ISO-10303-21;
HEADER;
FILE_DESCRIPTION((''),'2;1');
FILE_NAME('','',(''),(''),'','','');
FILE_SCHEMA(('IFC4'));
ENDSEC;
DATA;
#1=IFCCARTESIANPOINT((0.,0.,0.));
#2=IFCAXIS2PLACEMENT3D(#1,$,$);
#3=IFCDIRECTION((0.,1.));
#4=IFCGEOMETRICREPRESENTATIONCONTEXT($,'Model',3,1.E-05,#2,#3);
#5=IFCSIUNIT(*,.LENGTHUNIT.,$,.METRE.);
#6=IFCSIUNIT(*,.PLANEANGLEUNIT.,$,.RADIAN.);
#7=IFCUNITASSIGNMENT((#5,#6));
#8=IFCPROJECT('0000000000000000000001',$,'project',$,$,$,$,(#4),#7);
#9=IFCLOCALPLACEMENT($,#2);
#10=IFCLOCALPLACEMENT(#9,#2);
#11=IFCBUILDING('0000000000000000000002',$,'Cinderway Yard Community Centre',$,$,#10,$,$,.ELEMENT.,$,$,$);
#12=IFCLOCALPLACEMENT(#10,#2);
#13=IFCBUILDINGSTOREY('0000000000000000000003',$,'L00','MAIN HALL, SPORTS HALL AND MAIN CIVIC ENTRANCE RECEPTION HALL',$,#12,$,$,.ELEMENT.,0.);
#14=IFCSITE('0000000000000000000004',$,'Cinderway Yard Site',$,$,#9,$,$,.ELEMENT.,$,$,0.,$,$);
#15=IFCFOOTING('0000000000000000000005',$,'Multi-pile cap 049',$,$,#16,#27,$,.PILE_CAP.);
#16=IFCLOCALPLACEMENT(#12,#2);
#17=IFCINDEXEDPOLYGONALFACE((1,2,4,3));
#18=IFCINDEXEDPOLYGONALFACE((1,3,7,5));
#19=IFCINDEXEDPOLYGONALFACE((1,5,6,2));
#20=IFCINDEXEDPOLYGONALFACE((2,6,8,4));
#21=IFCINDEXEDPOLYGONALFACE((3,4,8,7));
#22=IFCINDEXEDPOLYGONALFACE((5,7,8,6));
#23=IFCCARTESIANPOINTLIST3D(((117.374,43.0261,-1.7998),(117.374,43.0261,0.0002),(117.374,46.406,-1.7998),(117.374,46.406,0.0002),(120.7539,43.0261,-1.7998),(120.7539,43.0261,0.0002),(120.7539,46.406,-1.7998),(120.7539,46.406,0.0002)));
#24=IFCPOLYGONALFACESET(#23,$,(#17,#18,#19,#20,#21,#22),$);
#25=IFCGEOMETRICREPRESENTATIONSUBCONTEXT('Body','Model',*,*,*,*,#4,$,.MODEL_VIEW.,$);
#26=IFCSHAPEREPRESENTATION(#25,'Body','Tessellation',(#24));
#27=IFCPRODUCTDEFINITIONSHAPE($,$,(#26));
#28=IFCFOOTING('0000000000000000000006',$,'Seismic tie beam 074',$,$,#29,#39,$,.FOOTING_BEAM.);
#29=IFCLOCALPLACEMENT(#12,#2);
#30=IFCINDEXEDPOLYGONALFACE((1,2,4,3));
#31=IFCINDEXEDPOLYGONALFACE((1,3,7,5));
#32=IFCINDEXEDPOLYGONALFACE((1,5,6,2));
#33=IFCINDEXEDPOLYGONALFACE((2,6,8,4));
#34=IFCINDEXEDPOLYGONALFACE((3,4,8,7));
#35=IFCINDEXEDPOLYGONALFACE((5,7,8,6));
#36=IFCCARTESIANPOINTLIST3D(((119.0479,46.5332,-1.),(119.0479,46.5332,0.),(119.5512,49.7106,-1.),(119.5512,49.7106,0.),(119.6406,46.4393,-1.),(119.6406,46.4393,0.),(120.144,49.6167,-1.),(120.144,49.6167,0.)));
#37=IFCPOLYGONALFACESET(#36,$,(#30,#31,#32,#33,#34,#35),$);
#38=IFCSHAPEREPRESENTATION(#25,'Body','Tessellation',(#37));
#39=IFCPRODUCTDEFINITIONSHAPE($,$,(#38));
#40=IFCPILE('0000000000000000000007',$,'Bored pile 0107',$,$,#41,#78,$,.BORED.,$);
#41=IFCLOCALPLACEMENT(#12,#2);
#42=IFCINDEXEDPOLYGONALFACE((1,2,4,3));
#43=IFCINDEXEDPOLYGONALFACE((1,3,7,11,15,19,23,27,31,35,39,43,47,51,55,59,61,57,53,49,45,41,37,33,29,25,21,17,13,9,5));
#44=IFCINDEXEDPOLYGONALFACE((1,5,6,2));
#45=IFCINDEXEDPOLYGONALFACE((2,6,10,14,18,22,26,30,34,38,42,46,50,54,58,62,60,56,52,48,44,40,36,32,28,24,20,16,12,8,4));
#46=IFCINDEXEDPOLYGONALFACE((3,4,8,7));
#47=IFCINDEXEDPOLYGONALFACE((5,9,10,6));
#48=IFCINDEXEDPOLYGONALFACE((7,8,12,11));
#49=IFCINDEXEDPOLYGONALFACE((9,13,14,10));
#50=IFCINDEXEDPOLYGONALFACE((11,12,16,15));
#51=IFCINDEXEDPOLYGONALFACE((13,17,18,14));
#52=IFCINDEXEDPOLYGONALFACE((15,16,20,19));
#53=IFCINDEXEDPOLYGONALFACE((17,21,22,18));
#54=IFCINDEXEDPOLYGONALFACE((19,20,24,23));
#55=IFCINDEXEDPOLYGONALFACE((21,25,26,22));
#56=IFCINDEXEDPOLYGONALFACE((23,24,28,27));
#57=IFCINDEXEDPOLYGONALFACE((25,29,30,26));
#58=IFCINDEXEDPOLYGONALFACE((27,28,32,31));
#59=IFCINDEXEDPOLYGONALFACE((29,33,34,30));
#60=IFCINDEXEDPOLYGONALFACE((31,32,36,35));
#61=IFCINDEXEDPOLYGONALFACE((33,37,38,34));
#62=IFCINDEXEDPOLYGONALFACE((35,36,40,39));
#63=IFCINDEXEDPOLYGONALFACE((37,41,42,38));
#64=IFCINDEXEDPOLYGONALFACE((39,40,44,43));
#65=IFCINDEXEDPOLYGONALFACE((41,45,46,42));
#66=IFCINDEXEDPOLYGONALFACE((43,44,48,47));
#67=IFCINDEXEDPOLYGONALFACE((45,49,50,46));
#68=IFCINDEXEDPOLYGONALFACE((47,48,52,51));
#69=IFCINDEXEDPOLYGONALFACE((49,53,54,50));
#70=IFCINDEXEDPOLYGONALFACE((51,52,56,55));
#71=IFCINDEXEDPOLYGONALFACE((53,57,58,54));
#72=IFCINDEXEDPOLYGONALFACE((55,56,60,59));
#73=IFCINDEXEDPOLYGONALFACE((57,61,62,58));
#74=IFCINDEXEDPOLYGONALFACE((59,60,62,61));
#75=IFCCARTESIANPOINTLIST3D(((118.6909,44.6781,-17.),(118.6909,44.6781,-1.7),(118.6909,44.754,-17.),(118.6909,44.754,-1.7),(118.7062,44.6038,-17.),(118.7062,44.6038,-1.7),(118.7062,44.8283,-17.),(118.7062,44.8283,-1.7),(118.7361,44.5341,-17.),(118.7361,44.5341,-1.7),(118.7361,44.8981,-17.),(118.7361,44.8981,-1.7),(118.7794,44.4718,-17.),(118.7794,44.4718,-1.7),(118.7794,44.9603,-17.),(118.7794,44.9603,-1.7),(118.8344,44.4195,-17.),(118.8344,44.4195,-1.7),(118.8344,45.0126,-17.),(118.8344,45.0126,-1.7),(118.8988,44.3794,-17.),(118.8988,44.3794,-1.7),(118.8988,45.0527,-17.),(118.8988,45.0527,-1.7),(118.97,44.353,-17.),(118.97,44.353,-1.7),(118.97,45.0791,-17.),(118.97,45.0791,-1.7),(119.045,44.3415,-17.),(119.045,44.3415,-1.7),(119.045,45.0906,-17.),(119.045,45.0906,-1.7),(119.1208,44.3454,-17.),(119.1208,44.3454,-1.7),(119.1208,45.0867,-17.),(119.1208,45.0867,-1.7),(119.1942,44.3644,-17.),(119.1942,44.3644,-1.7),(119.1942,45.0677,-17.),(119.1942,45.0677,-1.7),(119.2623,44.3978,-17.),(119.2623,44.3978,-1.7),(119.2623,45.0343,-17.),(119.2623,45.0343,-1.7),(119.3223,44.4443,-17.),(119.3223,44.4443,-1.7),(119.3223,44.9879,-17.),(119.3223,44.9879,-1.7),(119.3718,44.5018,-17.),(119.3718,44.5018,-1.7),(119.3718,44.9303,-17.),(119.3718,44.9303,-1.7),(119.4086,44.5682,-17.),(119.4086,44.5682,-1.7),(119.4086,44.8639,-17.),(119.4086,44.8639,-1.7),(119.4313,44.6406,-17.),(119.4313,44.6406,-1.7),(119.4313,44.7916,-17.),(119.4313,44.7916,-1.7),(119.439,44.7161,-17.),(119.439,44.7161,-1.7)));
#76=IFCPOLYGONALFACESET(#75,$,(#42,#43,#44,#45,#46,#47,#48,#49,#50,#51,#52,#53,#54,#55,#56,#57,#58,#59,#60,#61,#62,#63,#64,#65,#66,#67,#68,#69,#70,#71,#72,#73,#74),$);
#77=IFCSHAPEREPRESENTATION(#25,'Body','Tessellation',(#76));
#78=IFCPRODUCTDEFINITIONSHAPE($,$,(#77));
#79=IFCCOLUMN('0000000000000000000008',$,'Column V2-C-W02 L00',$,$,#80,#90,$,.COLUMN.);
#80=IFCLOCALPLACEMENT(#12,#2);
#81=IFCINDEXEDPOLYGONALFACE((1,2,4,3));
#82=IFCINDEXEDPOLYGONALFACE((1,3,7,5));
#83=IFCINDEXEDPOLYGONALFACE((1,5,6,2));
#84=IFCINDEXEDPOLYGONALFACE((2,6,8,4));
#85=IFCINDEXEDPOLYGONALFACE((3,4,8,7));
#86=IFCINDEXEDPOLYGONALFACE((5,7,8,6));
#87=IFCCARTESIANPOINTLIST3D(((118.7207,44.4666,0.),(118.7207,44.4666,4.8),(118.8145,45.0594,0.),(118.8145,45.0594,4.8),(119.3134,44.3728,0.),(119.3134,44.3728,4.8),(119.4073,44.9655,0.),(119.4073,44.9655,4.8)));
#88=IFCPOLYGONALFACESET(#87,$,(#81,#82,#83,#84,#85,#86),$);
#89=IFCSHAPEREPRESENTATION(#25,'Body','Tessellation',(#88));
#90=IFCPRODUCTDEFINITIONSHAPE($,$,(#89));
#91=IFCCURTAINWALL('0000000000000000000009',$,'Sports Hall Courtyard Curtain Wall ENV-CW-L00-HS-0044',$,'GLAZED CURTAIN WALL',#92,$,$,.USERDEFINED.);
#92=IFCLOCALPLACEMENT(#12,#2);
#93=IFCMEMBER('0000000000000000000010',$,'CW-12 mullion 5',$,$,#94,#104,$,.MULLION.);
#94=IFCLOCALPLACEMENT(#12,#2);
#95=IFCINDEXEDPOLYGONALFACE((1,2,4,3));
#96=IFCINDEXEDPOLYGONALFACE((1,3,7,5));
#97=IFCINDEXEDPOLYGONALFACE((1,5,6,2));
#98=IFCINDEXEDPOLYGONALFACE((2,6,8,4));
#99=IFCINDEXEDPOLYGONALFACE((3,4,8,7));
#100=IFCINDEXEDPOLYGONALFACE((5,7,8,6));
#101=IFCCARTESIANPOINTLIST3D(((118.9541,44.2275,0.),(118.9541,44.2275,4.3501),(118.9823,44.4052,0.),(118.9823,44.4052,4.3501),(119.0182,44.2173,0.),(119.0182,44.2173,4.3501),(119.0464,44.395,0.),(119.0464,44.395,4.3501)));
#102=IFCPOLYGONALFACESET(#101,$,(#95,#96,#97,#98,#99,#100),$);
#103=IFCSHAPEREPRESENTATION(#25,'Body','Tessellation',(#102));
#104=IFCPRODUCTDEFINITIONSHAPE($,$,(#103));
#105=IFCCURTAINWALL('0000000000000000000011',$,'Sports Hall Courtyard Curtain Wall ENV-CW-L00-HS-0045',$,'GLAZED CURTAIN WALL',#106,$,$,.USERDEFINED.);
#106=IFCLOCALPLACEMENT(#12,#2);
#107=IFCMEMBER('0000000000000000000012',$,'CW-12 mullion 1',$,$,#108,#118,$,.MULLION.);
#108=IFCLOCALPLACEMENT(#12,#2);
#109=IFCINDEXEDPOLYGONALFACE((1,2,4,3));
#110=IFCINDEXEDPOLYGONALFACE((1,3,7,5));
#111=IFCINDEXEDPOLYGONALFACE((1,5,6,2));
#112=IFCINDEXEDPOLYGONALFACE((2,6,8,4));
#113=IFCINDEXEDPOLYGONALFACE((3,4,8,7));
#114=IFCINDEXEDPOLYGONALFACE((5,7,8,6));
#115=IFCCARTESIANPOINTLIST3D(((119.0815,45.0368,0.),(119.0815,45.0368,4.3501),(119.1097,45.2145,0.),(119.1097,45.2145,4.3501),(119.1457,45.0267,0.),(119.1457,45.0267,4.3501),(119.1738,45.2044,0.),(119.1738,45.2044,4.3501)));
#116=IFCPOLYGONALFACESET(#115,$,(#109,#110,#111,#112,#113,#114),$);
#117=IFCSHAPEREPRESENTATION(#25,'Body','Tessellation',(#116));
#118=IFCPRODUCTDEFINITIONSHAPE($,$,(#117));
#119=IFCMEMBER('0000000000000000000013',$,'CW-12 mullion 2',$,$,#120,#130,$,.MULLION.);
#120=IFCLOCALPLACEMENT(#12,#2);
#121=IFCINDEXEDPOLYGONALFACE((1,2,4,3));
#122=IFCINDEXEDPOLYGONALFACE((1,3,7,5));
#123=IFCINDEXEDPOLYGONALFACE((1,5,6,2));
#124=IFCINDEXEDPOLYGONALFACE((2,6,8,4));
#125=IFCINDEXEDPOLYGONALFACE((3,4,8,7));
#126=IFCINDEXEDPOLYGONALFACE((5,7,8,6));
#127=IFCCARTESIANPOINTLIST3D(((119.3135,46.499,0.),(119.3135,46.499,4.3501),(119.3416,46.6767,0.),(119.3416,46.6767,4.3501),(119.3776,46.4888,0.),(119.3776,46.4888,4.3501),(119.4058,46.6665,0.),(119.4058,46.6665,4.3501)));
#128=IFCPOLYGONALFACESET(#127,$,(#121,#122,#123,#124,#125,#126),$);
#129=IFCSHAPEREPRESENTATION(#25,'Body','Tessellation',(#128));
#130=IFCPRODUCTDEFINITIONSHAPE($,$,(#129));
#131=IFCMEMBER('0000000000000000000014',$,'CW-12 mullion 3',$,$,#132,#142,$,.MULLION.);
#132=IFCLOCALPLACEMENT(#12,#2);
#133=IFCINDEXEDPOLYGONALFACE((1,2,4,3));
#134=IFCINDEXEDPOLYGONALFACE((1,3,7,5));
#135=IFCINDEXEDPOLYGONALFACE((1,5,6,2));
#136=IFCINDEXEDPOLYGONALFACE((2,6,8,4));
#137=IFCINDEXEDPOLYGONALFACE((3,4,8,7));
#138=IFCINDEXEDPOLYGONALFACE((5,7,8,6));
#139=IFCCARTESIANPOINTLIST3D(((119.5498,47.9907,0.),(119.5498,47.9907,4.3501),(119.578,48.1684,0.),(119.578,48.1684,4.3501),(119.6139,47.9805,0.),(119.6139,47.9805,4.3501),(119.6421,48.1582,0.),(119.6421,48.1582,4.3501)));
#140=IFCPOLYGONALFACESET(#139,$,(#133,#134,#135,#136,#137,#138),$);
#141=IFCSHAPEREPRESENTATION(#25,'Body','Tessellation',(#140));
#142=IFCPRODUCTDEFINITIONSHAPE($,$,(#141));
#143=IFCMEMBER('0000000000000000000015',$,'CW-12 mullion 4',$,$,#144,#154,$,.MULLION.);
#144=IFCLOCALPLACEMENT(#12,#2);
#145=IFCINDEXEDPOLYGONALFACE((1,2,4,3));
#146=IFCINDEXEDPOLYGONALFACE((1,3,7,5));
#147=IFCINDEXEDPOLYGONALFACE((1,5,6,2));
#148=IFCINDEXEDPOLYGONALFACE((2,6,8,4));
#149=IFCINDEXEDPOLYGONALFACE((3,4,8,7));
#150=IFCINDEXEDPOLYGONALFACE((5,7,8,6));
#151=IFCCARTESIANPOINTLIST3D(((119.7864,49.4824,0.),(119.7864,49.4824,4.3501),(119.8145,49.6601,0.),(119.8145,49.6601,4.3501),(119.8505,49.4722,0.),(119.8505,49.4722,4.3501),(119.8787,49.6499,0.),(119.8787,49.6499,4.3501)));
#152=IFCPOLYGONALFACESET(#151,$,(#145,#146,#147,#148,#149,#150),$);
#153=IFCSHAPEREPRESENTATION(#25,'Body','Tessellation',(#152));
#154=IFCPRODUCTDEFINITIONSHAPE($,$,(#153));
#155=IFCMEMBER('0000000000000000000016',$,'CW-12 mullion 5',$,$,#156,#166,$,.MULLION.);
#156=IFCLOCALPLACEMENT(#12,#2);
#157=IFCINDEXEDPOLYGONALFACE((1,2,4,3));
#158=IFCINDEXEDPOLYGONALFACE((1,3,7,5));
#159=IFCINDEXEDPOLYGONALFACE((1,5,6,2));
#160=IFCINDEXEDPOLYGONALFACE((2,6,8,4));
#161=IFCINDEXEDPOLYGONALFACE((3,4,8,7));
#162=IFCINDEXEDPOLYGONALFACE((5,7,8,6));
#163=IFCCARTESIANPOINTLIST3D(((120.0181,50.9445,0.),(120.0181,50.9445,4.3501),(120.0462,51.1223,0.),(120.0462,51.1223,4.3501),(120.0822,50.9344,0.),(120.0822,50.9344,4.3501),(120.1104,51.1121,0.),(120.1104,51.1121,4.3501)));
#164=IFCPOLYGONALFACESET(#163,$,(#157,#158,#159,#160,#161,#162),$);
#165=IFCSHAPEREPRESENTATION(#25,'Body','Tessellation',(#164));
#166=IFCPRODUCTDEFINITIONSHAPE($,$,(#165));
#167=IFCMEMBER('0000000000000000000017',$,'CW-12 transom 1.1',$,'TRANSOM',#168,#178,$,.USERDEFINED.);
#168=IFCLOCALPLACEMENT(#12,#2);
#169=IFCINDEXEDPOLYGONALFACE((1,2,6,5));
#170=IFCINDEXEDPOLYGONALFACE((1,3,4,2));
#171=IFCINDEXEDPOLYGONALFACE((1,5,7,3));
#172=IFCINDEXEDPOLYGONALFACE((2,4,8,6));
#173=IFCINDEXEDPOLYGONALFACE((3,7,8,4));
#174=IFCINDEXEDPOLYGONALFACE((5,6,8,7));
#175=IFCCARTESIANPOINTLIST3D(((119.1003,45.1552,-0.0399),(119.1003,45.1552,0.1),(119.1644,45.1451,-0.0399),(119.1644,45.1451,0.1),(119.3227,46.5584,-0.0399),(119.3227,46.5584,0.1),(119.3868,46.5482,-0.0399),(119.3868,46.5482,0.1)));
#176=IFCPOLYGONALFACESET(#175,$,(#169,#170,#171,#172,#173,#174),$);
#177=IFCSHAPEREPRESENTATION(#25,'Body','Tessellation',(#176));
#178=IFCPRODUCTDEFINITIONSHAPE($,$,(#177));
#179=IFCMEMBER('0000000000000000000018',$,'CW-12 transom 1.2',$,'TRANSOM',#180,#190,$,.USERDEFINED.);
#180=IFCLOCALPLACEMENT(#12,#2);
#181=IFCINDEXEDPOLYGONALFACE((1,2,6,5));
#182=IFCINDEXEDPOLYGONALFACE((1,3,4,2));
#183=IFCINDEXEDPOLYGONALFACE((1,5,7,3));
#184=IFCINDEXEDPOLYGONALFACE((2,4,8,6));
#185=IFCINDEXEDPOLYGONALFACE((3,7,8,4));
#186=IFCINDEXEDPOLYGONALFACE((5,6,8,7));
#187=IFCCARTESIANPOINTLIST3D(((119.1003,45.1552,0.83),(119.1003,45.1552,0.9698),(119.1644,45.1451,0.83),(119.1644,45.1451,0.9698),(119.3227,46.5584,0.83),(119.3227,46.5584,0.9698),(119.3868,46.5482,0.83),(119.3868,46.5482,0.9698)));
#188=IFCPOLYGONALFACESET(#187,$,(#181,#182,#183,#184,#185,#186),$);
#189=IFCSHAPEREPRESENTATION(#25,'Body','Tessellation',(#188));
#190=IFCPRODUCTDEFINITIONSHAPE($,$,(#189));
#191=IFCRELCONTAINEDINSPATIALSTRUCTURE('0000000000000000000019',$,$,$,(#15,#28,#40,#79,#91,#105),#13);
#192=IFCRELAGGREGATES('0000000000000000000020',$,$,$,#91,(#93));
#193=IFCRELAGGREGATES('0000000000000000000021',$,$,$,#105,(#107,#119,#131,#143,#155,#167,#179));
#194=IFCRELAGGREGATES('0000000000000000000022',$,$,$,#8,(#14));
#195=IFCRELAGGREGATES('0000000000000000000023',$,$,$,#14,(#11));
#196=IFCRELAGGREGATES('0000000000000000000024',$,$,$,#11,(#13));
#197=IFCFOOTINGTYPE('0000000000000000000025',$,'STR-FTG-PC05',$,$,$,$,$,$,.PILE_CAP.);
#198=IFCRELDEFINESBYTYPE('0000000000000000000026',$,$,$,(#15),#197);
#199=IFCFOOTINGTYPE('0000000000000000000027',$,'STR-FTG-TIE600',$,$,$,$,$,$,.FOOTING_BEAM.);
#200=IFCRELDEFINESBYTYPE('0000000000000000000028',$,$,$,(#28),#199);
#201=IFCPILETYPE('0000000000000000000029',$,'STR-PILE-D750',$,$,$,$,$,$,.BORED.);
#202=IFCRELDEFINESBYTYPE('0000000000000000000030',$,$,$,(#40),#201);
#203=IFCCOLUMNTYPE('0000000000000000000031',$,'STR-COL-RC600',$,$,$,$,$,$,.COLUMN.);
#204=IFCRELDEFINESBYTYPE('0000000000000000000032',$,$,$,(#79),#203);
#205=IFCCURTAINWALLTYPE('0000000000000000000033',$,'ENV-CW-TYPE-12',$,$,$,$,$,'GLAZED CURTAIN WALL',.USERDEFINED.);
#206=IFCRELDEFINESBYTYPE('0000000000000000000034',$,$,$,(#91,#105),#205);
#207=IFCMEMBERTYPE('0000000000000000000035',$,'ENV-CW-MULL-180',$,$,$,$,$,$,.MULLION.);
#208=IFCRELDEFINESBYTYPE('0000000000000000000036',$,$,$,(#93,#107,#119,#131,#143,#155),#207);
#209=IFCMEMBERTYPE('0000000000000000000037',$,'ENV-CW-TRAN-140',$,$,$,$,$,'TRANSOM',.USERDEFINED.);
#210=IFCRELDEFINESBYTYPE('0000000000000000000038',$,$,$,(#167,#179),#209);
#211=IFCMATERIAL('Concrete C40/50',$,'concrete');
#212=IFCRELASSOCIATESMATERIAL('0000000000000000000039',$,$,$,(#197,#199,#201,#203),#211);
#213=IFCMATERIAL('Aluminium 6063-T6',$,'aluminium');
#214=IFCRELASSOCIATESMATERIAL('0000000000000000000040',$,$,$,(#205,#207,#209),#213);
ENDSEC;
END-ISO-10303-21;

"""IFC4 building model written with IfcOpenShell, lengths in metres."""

from ifc_helpers import new_model, si_unit, direction, frame, origin, origin_2d, place, context, subcontext, project, spatial, rectangle, circle, extrude, material, material_profile, profile_set, type_object, element, aggregate, save


model = new_model("IFC4")

# Units and contexts
model_context = context("Model", 3, precision=1e-05, world=origin(), true_north=direction((0.0, 1.0)))
body_context = subcontext(model_context, "Body", "Model", "MODEL_VIEW")
ifc_project = project(units=[si_unit("LENGTHUNIT", "METRE"), si_unit("PLANEANGLEUNIT", "RADIAN")], contexts=[model_context])

# Site, building, storey
site_placement = place(None, origin())
site = spatial("IfcSite", under=ifc_project, at=site_placement, Name="Cinderway Yard Site", CompositionType="ELEMENT", RefElevation=0.0)
building_placement = place(site_placement, origin())
building = spatial("IfcBuilding", under=site, at=building_placement, Name="Cinderway Yard Community Centre", CompositionType="ELEMENT")
storey_placement = place(building_placement, origin())
storey = spatial("IfcBuildingStorey", under=building, at=storey_placement, Name="L00", Description="MAIN HALL, SPORTS HALL AND MAIN CIVIC ENTRANCE RECEPTION HALL", CompositionType="ELEMENT", Elevation=0.0)

# Footings
ifc_material_1 = material(Name="Concrete C40/50", Category="concrete")
footing_type_1 = type_object("IfcFootingType", Name="STR-FTG-PC05", PredefinedType="PILE_CAP", material=ifc_material_1)
footing_1_placement = place(storey_placement, frame((119.064, 44.7161, -1.7998), z_axis=(0.0, 0.0, 1.0), x_axis=(1.0, 0.0, 0.0)))
element("IfcFooting", 1, at=footing_1_placement, inside=storey, type_object=footing_type_1, Name="Multi-pile cap 049", PredefinedType="PILE_CAP", context=body_context, shape_type="SweptSolid", body=[
    extrude(rectangle(XDim=3.3799, YDim=3.3799, at=origin_2d()), origin(), (0.0, 0.0, 1.0), 1.8),
])
footing_type_2 = type_object("IfcFootingType", Name="STR-FTG-TIE600", PredefinedType="FOOTING_BEAM", material=ifc_material_1)
footing_2_placement = place(storey_placement, frame((119.5959, 48.075, -1.0), z_axis=(0.0, 0.0, 1.0), x_axis=(0.156452, 0.987686, 0.0)))
element("IfcFooting", 2, at=footing_2_placement, inside=storey, type_object=footing_type_2, Name="Seismic tie beam 074", PredefinedType="FOOTING_BEAM", context=body_context, shape_type="SweptSolid", body=[
    extrude(rectangle(XDim=3.217, YDim=0.6001, at=origin_2d()), origin(), (0.0, 0.0, 1.0), 1.0),
])

# Pile
ifc_material_profile_1 = material_profile(ifc_material_1, circle(Radius=0.375, at=origin_2d()), Name="Concrete C40/50")
ifc_profile_set_1 = profile_set([ifc_material_profile_1], Name="Concrete C40/50")
pile_type = type_object("IfcPileType", Name="STR-PILE-D750", PredefinedType="BORED", material=ifc_profile_set_1)
pile_placement = place(storey_placement, frame((119.064, 44.7161, -1.7), z_axis=(0.0, 0.0, -1.0), x_axis=(1.0, 0.0, 0.0)))
element("IfcPile", 3, at=pile_placement, inside=storey, type_object=pile_type, Name="Bored pile 0107", PredefinedType="BORED", context=body_context, shape_type="SweptSolid", body=[
    extrude(circle(Radius=0.375, at=origin_2d()), origin(), (0.0, 0.0, 1.0), 15.3),
])

# Column
ifc_material_profile_2 = material_profile(ifc_material_1, rectangle(XDim=0.6001, YDim=0.6001, at=origin_2d()), Name="Concrete C40/50")
ifc_profile_set_2 = profile_set([ifc_material_profile_2], Name="Concrete C40/50")
column_type = type_object("IfcColumnType", Name="STR-COL-RC600", PredefinedType="COLUMN", material=ifc_profile_set_2)
column_placement = place(storey_placement, frame((119.064, 44.7161, 0.0), z_axis=(0.0, 0.0, 1.0), x_axis=(0.987688, -0.156434, 0.0)))
element("IfcColumn", 4, at=column_placement, inside=storey, type_object=column_type, Name="Column V2-C-W02 L00", PredefinedType="COLUMN", context=body_context, shape_type="SweptSolid", body=[
    extrude(rectangle(XDim=0.6001, YDim=0.6001, at=origin_2d()), origin(), (0.0, 0.0, 1.0), 4.8),
])

# Curtain wall, member
ifc_material_2 = material(Name="Aluminium 6063-T6", Category="aluminium")
curtain_wall_type = type_object("IfcCurtainWallType", Name="ENV-CW-TYPE-12", ElementType="GLAZED CURTAIN WALL", PredefinedType="USERDEFINED", material=ifc_material_2)
curtain_wall_1_placement = place(storey_placement, origin())
curtain_wall_1 = element("IfcCurtainWall", 5, at=curtain_wall_1_placement, inside=storey, type_object=curtain_wall_type, Name="Sports Hall Courtyard Curtain Wall ENV-CW-L00-HS-0044", ObjectType="GLAZED CURTAIN WALL", PredefinedType="USERDEFINED")
ifc_material_profile_3 = material_profile(ifc_material_2, rectangle(XDim=0.0649, YDim=0.1799, at=origin_2d()), Name="Aluminium 6063-T6")
ifc_profile_set_3 = profile_set([ifc_material_profile_3], Name="Aluminium 6063-T6")
member_type_1 = type_object("IfcMemberType", Name="ENV-CW-MULL-180", PredefinedType="MULLION", material=ifc_profile_set_3)
member_1_placement = place(storey_placement, frame((119.0002, 44.3113, 0.0), z_axis=(0.0, 0.0, 1.0), x_axis=(-0.987661, 0.156609, 0.0)))
member_1 = element("IfcMember", 6, at=member_1_placement, type_object=member_type_1, Name="CW-12 mullion 5", PredefinedType="MULLION", context=body_context, shape_type="SweptSolid", body=[
    extrude(rectangle(XDim=0.0649, YDim=0.1799, at=origin_2d()), origin(), (0.0, 0.0, 1.0), 4.3501),
])

# Curtain wall, members
curtain_wall_2_placement = place(storey_placement, origin())
curtain_wall_2 = element("IfcCurtainWall", 7, at=curtain_wall_2_placement, inside=storey, type_object=curtain_wall_type, Name="Sports Hall Courtyard Curtain Wall ENV-CW-L00-HS-0045", ObjectType="GLAZED CURTAIN WALL", PredefinedType="USERDEFINED")
member_2_placement = place(storey_placement, frame((119.1277, 45.1206, 0.0), z_axis=(0.0, 0.0, 1.0), x_axis=(-0.987665, 0.156583, 0.0)))
member_2 = element("IfcMember", 8, at=member_2_placement, type_object=member_type_1, Name="CW-12 mullion 1", PredefinedType="MULLION", context=body_context, shape_type="SweptSolid", body=[
    extrude(rectangle(XDim=0.0649, YDim=0.1799, at=origin_2d()), origin(), (0.0, 0.0, 1.0), 4.3501),
])
member_3_placement = place(storey_placement, frame((119.3596, 46.5828, 0.0), z_axis=(0.0, 0.0, 1.0), x_axis=(-0.987665, 0.156583, 0.0)))
member_3 = element("IfcMember", 9, at=member_3_placement, type_object=member_type_1, Name="CW-12 mullion 2", PredefinedType="MULLION", context=body_context, shape_type="SweptSolid", body=[
    extrude(rectangle(XDim=0.0649, YDim=0.1799, at=origin_2d()), origin(), (0.0, 0.0, 1.0), 4.3501),
])
member_4_placement = place(storey_placement, frame((119.5959, 48.0745, 0.0), z_axis=(0.0, 0.0, 1.0), x_axis=(-0.987665, 0.156583, 0.0)))
member_4 = element("IfcMember", 10, at=member_4_placement, type_object=member_type_1, Name="CW-12 mullion 3", PredefinedType="MULLION", context=body_context, shape_type="SweptSolid", body=[
    extrude(rectangle(XDim=0.0649, YDim=0.1799, at=origin_2d()), origin(), (0.0, 0.0, 1.0), 4.3501),
])
member_5_placement = place(storey_placement, frame((119.8325, 49.5662, 0.0), z_axis=(0.0, 0.0, 1.0), x_axis=(-0.987665, 0.156583, 0.0)))
member_5 = element("IfcMember", 11, at=member_5_placement, type_object=member_type_1, Name="CW-12 mullion 4", PredefinedType="MULLION", context=body_context, shape_type="SweptSolid", body=[
    extrude(rectangle(XDim=0.0649, YDim=0.1799, at=origin_2d()), origin(), (0.0, 0.0, 1.0), 4.3501),
])
member_6_placement = place(storey_placement, frame((120.0642, 51.0283, 0.0), z_axis=(0.0, 0.0, 1.0), x_axis=(-0.987665, 0.156583, 0.0)))
member_6 = element("IfcMember", 12, at=member_6_placement, type_object=member_type_1, Name="CW-12 mullion 5", PredefinedType="MULLION", context=body_context, shape_type="SweptSolid", body=[
    extrude(rectangle(XDim=0.0649, YDim=0.1799, at=origin_2d()), origin(), (0.0, 0.0, 1.0), 4.3501),
])
ifc_material_profile_4 = material_profile(ifc_material_2, rectangle(XDim=0.0649, YDim=0.1399, at=origin_2d()), Name="Aluminium 6063-T6")
ifc_profile_set_4 = profile_set([ifc_material_profile_4], Name="Aluminium 6063-T6")
member_type_2 = type_object("IfcMemberType", Name="ENV-CW-TRAN-140", ElementType="TRANSOM", PredefinedType="USERDEFINED", material=ifc_profile_set_4)
member_7_placement = place(storey_placement, frame((119.1323, 45.1501, 0.03), z_axis=(0.156563, 0.987668, 0.0), x_axis=(-0.987668, 0.156563, 0.0)))
member_7 = element("IfcMember", 13, at=member_7_placement, type_object=member_type_2, Name="CW-12 transom 1.1", ObjectType="TRANSOM", PredefinedType="USERDEFINED", context=body_context, shape_type="SweptSolid", body=[
    extrude(rectangle(XDim=0.0649, YDim=0.1399, at=origin_2d()), origin(), (0.0, 0.0, 1.0), 1.4207),
])
member_8_placement = place(storey_placement, frame((119.1323, 45.1501, 0.8999), z_axis=(0.156563, 0.987668, 0.0), x_axis=(-0.987668, 0.156563, 0.0)))
member_8 = element("IfcMember", 14, at=member_8_placement, type_object=member_type_2, Name="CW-12 transom 1.2", ObjectType="TRANSOM", PredefinedType="USERDEFINED", context=body_context, shape_type="SweptSolid", body=[
    extrude(rectangle(XDim=0.0649, YDim=0.1399, at=origin_2d()), origin(), (0.0, 0.0, 1.0), 1.4207),
])

aggregate(curtain_wall_1, [member_1])
aggregate(curtain_wall_2, [member_2, member_3, member_4, member_5, member_6, member_7, member_8])

save(model, "model.ifc")
